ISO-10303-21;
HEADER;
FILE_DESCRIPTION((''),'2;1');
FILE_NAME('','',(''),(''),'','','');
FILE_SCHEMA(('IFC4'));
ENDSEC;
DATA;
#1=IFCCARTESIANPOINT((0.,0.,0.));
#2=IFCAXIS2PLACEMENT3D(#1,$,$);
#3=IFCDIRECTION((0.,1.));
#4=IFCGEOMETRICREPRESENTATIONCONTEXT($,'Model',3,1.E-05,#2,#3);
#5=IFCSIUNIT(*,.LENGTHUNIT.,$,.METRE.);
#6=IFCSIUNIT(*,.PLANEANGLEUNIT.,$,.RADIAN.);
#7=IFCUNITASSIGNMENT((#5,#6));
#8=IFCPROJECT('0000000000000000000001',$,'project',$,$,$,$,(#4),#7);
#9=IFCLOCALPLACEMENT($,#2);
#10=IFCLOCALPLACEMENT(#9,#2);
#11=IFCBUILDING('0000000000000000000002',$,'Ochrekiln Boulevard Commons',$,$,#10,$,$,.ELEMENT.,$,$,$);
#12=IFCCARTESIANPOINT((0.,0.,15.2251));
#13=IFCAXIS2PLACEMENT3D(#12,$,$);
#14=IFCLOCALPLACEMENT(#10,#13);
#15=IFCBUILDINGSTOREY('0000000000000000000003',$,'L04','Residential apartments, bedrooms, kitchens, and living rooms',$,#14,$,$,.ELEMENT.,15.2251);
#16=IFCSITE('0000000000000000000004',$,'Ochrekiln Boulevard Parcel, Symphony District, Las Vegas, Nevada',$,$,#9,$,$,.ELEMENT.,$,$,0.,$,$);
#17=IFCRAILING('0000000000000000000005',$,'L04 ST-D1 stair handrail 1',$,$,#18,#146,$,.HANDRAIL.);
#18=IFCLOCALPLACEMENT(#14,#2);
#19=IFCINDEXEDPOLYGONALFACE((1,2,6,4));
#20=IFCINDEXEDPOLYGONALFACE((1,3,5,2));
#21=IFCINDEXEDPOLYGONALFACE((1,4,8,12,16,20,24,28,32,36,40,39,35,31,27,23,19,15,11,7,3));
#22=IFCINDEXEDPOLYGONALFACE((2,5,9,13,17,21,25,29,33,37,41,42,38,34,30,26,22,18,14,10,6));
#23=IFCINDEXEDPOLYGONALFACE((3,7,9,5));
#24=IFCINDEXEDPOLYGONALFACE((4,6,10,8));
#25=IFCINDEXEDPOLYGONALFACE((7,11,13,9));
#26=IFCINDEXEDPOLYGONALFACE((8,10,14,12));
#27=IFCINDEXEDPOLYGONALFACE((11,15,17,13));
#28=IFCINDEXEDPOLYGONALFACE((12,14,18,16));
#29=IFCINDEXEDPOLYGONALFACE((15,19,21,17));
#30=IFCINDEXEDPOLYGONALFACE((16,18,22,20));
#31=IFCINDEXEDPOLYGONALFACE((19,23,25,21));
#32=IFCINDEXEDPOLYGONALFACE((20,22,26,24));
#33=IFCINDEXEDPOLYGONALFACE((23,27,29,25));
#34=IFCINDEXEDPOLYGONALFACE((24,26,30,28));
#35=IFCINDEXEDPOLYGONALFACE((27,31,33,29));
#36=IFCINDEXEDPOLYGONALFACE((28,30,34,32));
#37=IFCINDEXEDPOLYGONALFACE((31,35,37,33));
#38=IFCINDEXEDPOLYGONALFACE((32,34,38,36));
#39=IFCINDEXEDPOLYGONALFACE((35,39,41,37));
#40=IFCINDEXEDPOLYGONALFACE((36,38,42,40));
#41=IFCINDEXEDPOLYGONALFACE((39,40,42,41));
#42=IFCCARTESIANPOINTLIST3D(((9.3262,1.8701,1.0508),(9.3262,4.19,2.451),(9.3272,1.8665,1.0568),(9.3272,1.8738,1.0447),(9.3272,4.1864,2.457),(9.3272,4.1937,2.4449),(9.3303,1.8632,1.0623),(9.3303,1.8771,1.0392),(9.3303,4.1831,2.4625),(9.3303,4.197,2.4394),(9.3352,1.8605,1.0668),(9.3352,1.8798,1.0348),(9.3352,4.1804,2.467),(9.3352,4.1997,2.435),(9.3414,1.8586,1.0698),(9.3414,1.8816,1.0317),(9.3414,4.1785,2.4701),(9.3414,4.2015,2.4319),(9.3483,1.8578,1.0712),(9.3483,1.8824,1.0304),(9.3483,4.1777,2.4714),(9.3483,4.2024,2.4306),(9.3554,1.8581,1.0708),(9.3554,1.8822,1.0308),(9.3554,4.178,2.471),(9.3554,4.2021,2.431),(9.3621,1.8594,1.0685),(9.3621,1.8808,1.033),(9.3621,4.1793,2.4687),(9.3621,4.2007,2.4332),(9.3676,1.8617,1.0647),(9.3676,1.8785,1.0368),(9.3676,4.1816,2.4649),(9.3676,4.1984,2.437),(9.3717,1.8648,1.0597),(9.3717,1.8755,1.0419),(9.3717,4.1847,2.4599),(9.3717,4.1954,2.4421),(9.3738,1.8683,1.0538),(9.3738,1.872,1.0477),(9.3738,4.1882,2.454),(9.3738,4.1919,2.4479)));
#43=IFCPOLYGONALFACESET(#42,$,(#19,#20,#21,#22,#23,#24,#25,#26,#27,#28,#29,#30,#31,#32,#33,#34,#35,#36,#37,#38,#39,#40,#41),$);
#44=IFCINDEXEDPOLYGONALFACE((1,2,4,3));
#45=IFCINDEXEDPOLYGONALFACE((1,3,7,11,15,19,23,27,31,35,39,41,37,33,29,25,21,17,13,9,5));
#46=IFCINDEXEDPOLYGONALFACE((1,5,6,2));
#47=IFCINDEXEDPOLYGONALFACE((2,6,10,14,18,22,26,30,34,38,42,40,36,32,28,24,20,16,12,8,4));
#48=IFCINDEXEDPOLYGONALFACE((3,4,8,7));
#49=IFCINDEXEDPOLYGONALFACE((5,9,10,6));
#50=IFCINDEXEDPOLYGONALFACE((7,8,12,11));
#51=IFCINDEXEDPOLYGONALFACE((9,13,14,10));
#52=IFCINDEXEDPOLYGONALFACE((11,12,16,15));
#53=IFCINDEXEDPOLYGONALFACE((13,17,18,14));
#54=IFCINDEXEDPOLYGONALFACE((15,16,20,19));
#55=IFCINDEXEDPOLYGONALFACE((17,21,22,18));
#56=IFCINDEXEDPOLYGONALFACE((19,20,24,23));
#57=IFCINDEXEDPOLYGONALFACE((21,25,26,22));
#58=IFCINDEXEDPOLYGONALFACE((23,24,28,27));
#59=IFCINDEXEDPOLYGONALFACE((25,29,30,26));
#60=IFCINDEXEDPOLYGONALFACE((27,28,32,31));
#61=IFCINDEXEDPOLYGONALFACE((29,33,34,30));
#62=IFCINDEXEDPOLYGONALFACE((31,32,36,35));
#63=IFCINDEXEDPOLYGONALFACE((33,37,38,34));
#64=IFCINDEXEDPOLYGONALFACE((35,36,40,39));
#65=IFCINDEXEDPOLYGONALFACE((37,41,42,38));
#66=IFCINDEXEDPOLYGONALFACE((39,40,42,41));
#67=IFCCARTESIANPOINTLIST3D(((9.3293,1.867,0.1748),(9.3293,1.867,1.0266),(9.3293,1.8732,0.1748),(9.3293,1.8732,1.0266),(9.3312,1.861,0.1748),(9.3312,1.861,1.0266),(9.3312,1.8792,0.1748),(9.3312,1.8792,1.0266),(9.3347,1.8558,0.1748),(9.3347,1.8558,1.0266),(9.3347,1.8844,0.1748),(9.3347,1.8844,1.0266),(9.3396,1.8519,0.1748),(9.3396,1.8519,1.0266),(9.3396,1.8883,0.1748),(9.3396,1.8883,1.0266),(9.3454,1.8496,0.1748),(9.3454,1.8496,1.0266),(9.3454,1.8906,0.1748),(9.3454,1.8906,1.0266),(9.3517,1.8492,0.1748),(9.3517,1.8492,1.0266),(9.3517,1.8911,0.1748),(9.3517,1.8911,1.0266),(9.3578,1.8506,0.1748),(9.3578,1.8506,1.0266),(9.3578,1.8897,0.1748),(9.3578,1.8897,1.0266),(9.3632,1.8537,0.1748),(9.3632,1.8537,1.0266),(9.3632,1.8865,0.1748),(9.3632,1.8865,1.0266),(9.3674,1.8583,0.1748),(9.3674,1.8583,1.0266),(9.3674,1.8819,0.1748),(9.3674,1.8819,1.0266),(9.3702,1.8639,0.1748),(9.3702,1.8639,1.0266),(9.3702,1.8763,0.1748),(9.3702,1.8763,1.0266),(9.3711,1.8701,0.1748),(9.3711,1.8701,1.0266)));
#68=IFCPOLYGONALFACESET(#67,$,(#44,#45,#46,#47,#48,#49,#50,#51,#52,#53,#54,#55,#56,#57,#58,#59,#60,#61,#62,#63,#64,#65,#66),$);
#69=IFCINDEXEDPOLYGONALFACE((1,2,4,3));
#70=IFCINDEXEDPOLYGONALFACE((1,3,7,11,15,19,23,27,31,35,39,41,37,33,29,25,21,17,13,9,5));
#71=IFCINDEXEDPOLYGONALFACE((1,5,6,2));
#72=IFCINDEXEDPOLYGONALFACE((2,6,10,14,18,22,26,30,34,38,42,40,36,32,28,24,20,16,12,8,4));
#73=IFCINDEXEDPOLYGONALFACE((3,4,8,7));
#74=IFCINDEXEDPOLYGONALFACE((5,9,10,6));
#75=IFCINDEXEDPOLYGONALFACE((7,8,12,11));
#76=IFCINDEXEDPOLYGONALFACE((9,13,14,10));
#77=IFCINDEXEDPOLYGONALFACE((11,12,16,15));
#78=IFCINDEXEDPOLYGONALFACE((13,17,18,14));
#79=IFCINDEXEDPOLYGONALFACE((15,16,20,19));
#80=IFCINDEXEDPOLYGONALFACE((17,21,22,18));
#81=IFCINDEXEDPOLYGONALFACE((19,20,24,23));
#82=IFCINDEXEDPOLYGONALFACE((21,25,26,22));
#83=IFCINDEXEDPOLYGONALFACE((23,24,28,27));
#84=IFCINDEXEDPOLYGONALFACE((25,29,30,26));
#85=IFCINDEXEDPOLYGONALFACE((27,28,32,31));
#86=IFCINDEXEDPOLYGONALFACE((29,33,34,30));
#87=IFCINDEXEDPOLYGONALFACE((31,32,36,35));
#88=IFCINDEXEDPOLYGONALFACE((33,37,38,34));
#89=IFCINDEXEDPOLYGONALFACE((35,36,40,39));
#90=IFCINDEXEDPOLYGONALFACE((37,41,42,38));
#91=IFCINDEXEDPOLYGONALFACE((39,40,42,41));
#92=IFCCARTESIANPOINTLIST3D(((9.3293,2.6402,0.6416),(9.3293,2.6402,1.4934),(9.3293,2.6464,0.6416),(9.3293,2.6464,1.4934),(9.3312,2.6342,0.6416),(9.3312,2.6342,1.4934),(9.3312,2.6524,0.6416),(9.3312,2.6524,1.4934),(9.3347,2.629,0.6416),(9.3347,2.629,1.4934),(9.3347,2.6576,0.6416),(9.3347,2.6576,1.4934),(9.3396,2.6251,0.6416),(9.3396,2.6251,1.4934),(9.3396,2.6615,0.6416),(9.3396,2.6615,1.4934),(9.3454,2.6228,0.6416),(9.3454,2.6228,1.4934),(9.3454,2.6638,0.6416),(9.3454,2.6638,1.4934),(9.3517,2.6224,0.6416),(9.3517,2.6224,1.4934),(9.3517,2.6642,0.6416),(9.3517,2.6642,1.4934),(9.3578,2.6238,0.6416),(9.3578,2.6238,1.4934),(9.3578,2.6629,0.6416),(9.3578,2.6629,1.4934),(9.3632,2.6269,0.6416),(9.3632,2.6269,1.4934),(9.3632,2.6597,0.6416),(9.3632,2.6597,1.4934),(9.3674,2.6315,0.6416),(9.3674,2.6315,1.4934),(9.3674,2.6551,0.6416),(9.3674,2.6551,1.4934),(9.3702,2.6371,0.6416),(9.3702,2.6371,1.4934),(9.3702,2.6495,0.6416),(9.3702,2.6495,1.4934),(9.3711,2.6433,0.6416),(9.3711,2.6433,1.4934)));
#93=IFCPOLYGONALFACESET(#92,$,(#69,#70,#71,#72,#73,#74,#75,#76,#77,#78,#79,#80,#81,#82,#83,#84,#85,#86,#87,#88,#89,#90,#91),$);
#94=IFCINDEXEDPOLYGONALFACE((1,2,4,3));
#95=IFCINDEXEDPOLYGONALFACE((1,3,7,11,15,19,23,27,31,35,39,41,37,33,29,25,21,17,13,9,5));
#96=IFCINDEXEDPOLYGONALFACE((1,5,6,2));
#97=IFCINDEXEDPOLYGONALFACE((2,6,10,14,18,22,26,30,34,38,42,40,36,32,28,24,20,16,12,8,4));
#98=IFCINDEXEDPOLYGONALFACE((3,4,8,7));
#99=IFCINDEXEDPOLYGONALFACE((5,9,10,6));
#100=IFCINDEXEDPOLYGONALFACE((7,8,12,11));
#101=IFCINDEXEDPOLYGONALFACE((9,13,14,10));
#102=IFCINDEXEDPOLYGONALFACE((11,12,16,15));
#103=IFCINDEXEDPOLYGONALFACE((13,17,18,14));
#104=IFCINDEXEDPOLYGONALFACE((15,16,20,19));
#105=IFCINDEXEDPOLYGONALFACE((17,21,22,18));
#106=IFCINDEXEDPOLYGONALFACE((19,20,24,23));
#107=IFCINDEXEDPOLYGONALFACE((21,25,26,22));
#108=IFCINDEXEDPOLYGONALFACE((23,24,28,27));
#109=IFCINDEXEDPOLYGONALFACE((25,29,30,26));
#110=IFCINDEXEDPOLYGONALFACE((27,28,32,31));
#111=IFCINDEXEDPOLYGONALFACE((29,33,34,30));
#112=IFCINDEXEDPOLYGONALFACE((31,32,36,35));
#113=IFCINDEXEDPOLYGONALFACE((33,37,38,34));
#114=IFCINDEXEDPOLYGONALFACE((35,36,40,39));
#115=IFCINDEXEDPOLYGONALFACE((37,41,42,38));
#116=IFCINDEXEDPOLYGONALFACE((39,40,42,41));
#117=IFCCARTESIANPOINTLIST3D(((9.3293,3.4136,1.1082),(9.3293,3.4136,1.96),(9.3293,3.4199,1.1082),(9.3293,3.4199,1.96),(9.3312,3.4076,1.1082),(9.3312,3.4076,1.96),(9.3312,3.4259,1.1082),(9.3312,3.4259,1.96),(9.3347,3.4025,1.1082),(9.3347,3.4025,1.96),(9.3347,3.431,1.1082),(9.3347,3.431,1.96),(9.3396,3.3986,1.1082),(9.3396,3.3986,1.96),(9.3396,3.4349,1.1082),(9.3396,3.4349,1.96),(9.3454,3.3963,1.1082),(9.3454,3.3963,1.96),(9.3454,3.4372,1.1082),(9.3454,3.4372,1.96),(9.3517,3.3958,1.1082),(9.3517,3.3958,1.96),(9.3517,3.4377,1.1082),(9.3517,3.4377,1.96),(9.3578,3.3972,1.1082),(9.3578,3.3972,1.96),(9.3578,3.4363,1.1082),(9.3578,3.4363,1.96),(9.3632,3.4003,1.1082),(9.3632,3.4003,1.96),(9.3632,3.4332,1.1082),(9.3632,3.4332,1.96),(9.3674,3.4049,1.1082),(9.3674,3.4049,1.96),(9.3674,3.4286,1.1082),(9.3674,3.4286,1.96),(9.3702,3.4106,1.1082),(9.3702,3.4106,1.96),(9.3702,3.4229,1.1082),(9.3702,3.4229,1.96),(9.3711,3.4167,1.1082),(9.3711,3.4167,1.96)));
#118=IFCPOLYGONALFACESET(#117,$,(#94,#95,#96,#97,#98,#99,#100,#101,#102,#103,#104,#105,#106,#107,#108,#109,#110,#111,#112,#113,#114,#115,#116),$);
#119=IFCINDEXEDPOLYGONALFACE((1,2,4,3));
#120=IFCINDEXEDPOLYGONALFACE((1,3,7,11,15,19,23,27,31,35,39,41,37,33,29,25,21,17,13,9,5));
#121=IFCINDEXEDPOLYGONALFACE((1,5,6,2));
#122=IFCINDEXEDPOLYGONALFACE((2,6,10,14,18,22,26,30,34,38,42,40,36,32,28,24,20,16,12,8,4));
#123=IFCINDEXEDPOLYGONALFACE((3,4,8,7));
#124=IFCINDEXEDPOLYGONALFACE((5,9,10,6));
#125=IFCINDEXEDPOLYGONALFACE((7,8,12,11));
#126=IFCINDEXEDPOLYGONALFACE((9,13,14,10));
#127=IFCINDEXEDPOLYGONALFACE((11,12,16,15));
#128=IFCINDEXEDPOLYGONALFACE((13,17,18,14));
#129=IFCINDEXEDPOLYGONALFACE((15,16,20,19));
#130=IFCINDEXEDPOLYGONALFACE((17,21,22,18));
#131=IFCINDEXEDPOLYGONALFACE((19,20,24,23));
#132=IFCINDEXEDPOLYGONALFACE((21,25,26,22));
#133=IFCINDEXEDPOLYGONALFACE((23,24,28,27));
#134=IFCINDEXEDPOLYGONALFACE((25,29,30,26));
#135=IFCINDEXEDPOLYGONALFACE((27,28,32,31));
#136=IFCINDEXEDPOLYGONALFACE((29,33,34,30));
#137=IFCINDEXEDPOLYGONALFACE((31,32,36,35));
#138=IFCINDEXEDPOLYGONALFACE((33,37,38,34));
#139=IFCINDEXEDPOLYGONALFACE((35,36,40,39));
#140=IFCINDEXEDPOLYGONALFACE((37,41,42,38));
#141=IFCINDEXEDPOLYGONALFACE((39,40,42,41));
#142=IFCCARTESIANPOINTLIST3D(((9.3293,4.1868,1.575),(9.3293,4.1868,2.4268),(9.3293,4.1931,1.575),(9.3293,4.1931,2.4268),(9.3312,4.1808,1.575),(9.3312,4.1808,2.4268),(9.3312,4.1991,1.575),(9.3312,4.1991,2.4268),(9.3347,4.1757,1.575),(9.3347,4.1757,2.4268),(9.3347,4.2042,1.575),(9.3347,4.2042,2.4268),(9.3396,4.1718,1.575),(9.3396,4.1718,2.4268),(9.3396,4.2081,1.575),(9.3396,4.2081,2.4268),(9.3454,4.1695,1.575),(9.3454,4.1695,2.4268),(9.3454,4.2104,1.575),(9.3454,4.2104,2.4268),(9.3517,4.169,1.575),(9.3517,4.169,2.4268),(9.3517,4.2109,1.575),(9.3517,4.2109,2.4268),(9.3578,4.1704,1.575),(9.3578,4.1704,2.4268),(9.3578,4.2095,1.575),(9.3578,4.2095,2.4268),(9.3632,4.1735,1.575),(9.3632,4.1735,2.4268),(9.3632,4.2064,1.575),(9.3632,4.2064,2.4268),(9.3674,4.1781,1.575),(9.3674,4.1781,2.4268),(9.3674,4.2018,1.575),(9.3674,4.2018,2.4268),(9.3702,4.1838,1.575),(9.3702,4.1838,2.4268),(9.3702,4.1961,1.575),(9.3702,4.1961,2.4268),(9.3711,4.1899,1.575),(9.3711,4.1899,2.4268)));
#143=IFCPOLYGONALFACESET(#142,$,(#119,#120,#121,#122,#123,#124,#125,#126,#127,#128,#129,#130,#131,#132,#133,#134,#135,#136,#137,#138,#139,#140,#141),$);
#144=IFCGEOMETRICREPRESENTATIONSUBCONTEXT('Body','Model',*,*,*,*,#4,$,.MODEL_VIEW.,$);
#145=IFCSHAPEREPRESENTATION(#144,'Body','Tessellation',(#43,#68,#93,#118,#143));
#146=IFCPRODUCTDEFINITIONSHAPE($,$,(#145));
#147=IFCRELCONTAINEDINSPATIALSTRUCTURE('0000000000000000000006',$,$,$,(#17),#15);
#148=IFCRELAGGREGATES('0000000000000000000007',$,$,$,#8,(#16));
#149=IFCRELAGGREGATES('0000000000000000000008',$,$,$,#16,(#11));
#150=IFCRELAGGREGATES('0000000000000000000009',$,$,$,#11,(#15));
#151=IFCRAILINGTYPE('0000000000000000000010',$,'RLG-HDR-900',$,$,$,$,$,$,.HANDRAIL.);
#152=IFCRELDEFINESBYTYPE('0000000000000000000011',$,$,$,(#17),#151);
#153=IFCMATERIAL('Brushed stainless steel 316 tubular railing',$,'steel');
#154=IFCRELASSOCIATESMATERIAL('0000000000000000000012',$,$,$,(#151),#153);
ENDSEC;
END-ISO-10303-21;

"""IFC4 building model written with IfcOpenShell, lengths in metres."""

from ifc_helpers import new_model, si_unit, direction, frame, origin, origin_2d, place, context, subcontext, project, spatial, circle, extrude, material, type_object, element, save


model = new_model("IFC4")

# Units and contexts
model_context = context("Model", 3, precision=1e-05, world=origin(), true_north=direction((0.0, 1.0)))
body_context = subcontext(model_context, "Body", "Model", "MODEL_VIEW")
ifc_project = project(units=[si_unit("LENGTHUNIT", "METRE"), si_unit("PLANEANGLEUNIT", "RADIAN")], contexts=[model_context])

# Site, building, storey
site_placement = place(None, origin())
site = spatial("IfcSite", under=ifc_project, at=site_placement, Name="Ochrekiln Boulevard Parcel, Symphony District, Las Vegas, Nevada", CompositionType="ELEMENT", RefElevation=0.0)
building_placement = place(site_placement, origin())
building = spatial("IfcBuilding", under=site, at=building_placement, Name="Ochrekiln Boulevard Commons", CompositionType="ELEMENT")
storey_placement = place(building_placement, frame((0.0, 0.0, 15.2251)))
storey = spatial("IfcBuildingStorey", under=building, at=storey_placement, Name="L04", Description="Residential apartments, bedrooms, kitchens, and living rooms", CompositionType="ELEMENT", Elevation=15.2251)

# Railing
ifc_material_1 = material(Name="Brushed stainless steel 316 tubular railing", Category="steel")
railing_type_1 = type_object("IfcRailingType", Name="RLG-HDR-900", PredefinedType="HANDRAIL", material=ifc_material_1)
railing_1_placement = place(storey_placement, frame((9.3501, 1.8701, 0.1748)))
element("IfcRailing", 1, at=railing_1_placement, inside=storey, type_object=railing_type_1, Name="L04 ST-D1 stair handrail 1", PredefinedType="HANDRAIL", context=body_context, shape_type="SweptSolid", body=[
    extrude(circle(Radius=0.0239, at=origin_2d()), frame((0.0, 0.0, 0.876), z_axis=(0.0, 0.856146, 0.516733), x_axis=(-1.0, 0.0, 0.0)), (0.0, 0.0, 1.0), 2.7097),
    extrude(circle(Radius=0.021, at=origin_2d()), origin(), (0.0, 0.0, 1.0), 0.8518),
    extrude(circle(Radius=0.021, at=origin_2d()), frame((0.0, 0.7732, 0.4668)), (0.0, 0.0, 1.0), 0.8518),
    extrude(circle(Radius=0.021, at=origin_2d()), frame((0.0, 1.5466, 0.9333)), (0.0, 0.0, 1.0), 0.8518),
    extrude(circle(Radius=0.021, at=origin_2d()), frame((0.0, 2.3198, 1.4001)), (0.0, 0.0, 1.0), 0.8518),
])

save(model, "model.ifc")
